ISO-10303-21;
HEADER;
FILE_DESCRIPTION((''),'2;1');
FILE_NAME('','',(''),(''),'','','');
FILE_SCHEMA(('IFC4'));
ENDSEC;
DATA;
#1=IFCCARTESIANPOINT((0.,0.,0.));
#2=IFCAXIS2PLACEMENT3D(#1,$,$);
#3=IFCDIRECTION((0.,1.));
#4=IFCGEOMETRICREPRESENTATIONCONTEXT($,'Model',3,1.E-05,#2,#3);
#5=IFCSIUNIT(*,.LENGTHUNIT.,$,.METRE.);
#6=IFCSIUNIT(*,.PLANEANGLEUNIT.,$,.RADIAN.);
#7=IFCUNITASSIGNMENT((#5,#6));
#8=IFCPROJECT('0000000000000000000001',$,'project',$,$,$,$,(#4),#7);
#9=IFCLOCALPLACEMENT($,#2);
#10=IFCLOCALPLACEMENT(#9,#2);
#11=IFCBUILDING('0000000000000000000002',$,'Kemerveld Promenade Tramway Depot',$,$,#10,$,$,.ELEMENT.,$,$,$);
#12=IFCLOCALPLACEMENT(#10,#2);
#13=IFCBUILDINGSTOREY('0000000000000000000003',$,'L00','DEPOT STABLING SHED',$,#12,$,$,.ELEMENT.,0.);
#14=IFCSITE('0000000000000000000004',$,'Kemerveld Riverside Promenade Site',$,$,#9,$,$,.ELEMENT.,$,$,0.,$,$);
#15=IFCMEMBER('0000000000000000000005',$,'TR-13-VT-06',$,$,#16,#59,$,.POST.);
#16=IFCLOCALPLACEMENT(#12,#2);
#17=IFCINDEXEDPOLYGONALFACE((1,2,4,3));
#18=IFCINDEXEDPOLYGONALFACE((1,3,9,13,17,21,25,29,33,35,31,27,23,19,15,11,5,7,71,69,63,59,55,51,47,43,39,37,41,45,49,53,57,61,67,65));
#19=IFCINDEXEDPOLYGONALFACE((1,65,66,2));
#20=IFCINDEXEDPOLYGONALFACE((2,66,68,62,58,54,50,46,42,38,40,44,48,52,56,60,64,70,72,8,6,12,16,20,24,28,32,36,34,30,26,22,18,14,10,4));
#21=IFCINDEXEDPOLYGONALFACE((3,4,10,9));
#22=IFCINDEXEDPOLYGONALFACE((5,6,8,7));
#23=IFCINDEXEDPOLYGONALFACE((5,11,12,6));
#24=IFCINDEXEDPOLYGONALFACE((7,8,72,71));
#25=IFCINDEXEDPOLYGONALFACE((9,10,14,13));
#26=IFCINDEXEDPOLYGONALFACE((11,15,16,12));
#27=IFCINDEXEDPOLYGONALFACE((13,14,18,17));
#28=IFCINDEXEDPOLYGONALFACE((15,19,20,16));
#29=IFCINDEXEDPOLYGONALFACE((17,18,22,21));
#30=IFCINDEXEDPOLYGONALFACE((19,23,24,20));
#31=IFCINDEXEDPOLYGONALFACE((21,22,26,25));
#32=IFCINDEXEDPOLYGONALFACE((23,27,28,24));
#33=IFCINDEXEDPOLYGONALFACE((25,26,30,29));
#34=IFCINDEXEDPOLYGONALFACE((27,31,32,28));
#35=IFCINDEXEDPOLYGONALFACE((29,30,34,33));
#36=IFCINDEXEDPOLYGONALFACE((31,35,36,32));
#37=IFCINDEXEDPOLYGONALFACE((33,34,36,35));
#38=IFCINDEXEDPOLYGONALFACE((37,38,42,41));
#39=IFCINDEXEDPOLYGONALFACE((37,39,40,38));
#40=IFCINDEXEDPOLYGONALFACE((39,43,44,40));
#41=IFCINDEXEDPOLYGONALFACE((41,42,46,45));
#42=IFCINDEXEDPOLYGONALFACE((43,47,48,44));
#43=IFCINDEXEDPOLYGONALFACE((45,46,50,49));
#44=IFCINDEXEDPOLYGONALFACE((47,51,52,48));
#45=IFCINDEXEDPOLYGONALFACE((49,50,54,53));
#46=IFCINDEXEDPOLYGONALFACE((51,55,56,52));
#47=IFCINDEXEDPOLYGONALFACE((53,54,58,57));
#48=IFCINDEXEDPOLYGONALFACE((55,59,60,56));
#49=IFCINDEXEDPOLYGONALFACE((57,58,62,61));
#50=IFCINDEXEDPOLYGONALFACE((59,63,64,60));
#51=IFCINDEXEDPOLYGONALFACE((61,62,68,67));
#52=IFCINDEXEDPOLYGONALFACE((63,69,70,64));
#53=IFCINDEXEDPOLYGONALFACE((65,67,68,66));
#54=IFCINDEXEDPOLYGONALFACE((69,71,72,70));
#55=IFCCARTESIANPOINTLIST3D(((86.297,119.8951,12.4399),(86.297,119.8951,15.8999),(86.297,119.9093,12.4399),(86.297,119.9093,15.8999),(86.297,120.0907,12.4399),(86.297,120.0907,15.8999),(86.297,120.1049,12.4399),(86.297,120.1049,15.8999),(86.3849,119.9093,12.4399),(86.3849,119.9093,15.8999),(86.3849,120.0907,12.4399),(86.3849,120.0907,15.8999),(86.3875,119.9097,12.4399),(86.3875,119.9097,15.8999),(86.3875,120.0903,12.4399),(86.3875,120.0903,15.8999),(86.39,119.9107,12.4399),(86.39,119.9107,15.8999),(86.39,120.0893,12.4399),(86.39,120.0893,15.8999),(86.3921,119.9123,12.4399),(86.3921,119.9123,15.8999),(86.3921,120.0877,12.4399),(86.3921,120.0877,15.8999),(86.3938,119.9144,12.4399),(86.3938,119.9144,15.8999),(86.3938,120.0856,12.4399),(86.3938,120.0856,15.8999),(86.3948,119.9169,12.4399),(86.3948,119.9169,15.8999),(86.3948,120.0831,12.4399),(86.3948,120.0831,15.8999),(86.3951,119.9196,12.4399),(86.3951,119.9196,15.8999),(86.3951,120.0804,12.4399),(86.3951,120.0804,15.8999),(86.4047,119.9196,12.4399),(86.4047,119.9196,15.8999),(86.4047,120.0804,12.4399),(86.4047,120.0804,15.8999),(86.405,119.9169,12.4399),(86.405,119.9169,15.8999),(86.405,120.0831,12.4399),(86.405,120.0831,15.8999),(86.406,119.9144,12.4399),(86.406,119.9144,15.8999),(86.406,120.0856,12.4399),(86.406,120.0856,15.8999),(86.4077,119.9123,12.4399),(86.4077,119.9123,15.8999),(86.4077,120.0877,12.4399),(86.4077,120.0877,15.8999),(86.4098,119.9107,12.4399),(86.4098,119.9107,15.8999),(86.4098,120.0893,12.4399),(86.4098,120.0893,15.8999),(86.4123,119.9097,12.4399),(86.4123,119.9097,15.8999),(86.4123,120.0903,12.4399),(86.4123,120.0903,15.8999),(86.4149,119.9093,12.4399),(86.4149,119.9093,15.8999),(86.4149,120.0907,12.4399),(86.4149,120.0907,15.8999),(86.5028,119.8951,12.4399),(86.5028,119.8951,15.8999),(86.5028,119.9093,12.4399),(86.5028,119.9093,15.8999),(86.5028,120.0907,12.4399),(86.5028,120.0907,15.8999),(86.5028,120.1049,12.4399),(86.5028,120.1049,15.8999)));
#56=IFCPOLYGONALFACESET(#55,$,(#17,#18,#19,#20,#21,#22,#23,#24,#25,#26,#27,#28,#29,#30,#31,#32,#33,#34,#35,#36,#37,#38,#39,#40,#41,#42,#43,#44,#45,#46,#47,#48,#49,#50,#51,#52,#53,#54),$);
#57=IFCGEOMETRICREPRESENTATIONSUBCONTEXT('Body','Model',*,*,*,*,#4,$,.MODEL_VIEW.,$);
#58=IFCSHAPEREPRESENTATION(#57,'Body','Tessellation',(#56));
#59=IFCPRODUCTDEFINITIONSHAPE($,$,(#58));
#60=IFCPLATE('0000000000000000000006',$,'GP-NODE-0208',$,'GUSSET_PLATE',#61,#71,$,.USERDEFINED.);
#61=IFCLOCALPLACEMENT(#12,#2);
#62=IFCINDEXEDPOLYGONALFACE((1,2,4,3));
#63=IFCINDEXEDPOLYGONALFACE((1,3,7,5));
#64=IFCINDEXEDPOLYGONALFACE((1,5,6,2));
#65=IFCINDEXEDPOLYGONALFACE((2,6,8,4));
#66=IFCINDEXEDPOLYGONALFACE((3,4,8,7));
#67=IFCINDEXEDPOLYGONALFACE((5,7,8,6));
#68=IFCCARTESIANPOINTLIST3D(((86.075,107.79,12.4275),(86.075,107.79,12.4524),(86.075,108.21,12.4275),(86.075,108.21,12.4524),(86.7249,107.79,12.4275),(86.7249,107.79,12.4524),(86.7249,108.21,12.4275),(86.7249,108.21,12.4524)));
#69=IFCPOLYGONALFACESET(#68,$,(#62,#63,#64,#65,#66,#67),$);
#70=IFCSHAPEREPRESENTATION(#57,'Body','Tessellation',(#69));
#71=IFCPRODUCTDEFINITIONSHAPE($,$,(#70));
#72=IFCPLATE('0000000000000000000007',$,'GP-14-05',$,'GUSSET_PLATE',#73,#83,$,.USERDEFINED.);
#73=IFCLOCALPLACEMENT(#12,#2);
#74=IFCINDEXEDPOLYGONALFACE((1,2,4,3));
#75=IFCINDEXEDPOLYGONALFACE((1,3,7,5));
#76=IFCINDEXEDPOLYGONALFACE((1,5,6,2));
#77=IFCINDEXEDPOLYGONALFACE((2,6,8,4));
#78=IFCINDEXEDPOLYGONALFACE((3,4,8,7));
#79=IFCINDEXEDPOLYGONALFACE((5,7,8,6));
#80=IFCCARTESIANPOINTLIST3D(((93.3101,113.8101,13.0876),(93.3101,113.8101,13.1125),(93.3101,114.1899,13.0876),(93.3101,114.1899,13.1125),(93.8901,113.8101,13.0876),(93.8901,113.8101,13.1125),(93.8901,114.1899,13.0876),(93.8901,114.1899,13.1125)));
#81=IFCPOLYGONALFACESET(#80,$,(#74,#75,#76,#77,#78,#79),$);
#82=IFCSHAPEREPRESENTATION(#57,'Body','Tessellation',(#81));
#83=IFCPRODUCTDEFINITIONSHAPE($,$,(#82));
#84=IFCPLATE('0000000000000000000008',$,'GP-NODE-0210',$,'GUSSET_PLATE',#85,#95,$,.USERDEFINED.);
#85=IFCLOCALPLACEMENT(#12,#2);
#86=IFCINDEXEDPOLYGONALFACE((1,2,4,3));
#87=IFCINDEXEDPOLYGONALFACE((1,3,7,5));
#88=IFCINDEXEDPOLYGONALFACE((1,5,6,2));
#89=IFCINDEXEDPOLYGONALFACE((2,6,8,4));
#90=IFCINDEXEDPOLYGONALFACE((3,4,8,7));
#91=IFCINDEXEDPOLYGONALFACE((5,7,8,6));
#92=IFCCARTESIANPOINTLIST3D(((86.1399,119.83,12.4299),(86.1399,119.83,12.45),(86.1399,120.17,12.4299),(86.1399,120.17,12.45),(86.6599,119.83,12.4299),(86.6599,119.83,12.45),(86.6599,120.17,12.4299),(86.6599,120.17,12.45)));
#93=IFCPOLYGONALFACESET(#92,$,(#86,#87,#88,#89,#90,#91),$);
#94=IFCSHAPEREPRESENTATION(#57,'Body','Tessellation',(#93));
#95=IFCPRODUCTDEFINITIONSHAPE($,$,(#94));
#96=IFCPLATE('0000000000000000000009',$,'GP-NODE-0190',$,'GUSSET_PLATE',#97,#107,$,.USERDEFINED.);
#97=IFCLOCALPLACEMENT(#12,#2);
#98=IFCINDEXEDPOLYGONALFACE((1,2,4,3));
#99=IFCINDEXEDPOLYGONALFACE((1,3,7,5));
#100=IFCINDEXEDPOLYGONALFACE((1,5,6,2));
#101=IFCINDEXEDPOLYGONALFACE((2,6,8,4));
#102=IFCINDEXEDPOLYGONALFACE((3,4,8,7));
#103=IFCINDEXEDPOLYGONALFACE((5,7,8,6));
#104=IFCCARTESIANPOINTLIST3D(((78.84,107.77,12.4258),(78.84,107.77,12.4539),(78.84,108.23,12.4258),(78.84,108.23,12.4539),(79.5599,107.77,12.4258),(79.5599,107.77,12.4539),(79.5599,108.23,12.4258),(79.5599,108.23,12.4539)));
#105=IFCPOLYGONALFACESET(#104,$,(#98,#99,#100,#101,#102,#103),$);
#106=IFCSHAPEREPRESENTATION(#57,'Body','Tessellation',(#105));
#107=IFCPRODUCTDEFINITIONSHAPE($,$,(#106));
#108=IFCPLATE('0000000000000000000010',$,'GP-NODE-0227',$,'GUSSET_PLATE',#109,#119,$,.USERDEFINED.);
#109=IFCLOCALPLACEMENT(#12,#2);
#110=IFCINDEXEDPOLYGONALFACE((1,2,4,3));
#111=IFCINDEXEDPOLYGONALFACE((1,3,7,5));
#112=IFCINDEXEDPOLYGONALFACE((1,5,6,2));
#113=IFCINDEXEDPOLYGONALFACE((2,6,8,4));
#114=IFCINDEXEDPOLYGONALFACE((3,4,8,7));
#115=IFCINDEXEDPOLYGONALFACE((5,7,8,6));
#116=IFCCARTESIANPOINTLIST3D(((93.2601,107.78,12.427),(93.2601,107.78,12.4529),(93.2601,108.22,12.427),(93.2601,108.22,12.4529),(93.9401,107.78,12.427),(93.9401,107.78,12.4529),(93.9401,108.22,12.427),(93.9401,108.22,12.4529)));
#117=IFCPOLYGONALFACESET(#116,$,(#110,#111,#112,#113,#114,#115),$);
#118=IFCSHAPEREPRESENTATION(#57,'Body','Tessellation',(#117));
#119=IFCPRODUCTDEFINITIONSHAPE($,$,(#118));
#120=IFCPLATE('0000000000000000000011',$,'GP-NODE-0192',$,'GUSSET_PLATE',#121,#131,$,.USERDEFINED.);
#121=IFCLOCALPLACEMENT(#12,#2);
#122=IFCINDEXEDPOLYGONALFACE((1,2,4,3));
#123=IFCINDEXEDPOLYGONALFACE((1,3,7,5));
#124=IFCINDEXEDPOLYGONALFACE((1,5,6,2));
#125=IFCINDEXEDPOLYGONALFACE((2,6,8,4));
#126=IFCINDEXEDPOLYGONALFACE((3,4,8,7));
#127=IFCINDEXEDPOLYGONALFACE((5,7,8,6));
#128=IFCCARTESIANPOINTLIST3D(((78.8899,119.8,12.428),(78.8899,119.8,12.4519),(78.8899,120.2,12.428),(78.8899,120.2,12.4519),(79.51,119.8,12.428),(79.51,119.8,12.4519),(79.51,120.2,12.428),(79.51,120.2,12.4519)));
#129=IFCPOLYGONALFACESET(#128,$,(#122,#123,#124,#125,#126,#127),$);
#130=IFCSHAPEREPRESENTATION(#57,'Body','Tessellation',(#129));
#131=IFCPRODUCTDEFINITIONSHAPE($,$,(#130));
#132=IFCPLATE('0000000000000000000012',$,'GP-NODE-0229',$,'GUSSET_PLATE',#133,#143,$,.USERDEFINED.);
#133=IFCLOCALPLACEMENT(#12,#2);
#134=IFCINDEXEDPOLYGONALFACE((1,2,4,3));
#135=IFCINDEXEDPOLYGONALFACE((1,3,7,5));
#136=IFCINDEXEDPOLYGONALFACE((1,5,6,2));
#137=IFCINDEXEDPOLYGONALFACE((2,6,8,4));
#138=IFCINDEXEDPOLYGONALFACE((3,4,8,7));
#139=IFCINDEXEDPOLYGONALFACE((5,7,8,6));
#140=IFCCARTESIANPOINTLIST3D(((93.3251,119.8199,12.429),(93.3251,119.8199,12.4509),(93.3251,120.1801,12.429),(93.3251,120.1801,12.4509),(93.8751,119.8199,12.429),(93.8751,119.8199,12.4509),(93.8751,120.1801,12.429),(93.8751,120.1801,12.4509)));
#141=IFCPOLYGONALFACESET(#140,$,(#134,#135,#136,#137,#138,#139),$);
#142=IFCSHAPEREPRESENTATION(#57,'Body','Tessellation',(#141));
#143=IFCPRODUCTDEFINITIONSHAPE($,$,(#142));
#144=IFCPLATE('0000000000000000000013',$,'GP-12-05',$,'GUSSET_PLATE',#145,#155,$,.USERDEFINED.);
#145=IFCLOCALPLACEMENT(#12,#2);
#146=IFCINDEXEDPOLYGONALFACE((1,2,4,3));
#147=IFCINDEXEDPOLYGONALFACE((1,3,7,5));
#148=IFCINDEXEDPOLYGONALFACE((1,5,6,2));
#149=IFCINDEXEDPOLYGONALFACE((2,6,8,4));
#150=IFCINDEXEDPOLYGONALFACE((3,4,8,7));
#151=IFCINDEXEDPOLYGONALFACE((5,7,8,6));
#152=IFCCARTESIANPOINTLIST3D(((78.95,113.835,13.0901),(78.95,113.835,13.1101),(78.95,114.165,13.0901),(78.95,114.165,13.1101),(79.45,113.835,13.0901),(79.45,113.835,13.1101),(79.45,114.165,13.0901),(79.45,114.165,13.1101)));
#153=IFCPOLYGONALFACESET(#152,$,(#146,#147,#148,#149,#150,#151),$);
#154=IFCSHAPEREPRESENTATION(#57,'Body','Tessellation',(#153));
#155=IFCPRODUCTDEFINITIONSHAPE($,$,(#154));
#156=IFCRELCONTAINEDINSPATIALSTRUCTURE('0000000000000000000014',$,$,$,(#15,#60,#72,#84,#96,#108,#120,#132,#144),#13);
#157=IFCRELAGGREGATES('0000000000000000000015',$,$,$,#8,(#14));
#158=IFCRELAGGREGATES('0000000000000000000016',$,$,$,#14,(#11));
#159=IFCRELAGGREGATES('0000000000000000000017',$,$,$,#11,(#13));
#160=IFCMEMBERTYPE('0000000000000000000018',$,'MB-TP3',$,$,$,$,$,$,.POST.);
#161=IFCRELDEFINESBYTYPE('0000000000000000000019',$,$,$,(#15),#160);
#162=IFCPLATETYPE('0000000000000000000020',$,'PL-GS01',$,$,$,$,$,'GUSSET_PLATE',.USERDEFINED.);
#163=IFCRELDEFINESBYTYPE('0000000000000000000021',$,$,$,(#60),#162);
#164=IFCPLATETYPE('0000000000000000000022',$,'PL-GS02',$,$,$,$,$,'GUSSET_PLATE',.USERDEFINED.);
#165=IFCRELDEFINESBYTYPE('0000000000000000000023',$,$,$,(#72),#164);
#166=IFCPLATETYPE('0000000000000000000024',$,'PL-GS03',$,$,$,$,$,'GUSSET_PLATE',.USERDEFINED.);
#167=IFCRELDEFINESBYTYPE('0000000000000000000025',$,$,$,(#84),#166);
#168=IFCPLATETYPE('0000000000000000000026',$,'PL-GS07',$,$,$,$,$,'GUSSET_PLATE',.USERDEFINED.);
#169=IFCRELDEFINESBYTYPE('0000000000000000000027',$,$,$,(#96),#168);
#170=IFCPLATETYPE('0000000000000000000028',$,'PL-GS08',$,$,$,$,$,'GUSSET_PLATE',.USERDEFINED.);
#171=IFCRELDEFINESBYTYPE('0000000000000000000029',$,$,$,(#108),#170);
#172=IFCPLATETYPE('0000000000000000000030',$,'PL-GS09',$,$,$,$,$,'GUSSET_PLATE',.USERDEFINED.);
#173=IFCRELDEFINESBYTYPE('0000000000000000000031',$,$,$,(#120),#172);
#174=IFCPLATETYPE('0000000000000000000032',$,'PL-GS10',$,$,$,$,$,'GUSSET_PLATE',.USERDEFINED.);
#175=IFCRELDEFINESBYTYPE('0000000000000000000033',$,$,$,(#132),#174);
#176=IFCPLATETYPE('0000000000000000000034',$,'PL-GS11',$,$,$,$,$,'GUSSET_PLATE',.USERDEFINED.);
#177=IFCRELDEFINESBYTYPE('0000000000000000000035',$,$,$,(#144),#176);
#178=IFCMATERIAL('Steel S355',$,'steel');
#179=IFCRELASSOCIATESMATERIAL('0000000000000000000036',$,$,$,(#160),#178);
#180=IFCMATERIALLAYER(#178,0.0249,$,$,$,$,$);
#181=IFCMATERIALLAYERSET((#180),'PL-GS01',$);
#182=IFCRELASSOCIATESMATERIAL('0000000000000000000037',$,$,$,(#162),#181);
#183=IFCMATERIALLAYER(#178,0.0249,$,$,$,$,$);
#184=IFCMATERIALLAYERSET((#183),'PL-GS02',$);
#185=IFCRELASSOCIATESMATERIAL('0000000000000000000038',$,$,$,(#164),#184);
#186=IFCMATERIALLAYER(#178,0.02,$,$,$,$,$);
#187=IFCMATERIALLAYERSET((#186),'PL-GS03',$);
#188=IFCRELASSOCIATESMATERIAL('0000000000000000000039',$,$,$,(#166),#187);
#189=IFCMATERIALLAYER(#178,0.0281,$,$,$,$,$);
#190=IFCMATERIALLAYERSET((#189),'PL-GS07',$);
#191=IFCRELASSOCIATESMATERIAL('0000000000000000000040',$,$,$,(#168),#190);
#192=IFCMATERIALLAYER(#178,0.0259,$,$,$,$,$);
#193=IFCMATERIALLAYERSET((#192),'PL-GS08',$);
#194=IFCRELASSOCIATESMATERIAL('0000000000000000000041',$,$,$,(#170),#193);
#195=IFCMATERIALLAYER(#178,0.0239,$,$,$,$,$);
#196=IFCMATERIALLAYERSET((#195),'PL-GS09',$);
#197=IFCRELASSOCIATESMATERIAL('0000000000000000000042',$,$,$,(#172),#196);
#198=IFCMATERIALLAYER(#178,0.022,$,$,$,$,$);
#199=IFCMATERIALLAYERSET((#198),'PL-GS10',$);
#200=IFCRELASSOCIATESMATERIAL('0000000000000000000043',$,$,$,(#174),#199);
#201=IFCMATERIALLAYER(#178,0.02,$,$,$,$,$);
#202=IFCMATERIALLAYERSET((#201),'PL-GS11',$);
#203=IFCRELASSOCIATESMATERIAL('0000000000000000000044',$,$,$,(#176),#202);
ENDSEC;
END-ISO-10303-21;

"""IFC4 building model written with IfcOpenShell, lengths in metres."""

from ifc_helpers import new_model, si_unit, direction, frame, origin, origin_2d, place, context, subcontext, project, spatial, rectangle, i_section, extrude, material, layer, layer_set, material_profile, profile_set, type_object, element, save


model = new_model("IFC4")

# Units and contexts
model_context = context("Model", 3, precision=1e-05, world=origin(), true_north=direction((0.0, 1.0)))
body_context = subcontext(model_context, "Body", "Model", "MODEL_VIEW")
ifc_project = project(units=[si_unit("LENGTHUNIT", "METRE"), si_unit("PLANEANGLEUNIT", "RADIAN")], contexts=[model_context])

# Site, building, storey
site_placement = place(None, origin())
site = spatial("IfcSite", under=ifc_project, at=site_placement, Name="Kemerveld Riverside Promenade Site", CompositionType="ELEMENT", RefElevation=0.0)
building_placement = place(site_placement, origin())
building = spatial("IfcBuilding", under=site, at=building_placement, Name="Kemerveld Promenade Tramway Depot", CompositionType="ELEMENT")
storey_placement = place(building_placement, origin())
storey = spatial("IfcBuildingStorey", under=building, at=storey_placement, Name="L00", Description="DEPOT STABLING SHED", CompositionType="ELEMENT", Elevation=0.0)

# Member
ifc_material_1 = material(Name="Steel S355", Category="steel")
ifc_material_profile_1 = material_profile(ifc_material_1, i_section(OverallWidth=0.2058, OverallDepth=0.2097, WebThickness=0.0095, FlangeThickness=0.0142, FilletRadius=0.0103, at=origin_2d()), Name="203x203x60 UC")
ifc_profile_set_1 = profile_set([ifc_material_profile_1], Name="Steel S355")
member_type_1 = type_object("IfcMemberType", Name="MB-TP3", PredefinedType="POST", material=ifc_profile_set_1)
for number, where, z_axis, x_axis, name in (
    (1, (86.3999, 120.0, 12.4399), (0.0, 0.0, 1.0), (1.0, 0.0, 0.0), "TR-13-VT-06"),
):
    element("IfcMember", number, at=place(storey_placement, frame(where, z_axis=z_axis, x_axis=x_axis)), inside=storey, type_object=member_type_1, Name=name, PredefinedType="POST", context=body_context, shape_type="SweptSolid", body=[
        extrude(i_section(OverallWidth=0.2058, OverallDepth=0.2097, WebThickness=0.0095, FlangeThickness=0.0142, FilletRadius=0.0103, at=origin_2d()), origin(), (0.0, 0.0, 1.0), 3.46),
    ])

# Plates
ifc_layer_1 = layer(ifc_material_1, 0.0249)
ifc_layer_set_1 = layer_set([ifc_layer_1], Name="PL-GS01")
plate_type_1 = type_object("IfcPlateType", Name="PL-GS01", ElementType="GUSSET_PLATE", PredefinedType="USERDEFINED", material=ifc_layer_set_1)
plate_1_placement = place(storey_placement, frame((86.3999, 108.0, 12.4275), z_axis=(0.0, 0.0, 1.0), x_axis=(1.0, 0.0, 0.0)))
element("IfcPlate", 2, at=plate_1_placement, inside=storey, type_object=plate_type_1, Name="GP-NODE-0208", ObjectType="GUSSET_PLATE", PredefinedType="USERDEFINED", context=body_context, shape_type="SweptSolid", body=[
    extrude(rectangle(XDim=0.6499, YDim=0.4199, at=origin_2d()), origin(), (0.0, 0.0, 1.0), 0.0249),
])
ifc_layer_2 = layer(ifc_material_1, 0.0249)
ifc_layer_set_2 = layer_set([ifc_layer_2], Name="PL-GS02")
plate_type_2 = type_object("IfcPlateType", Name="PL-GS02", ElementType="GUSSET_PLATE", PredefinedType="USERDEFINED", material=ifc_layer_set_2)
plate_2_placement = place(storey_placement, frame((93.6001, 114.0, 13.0876), z_axis=(0.0, 0.0, 1.0), x_axis=(1.0, 0.0, 0.0)))
element("IfcPlate", 3, at=plate_2_placement, inside=storey, type_object=plate_type_2, Name="GP-14-05", ObjectType="GUSSET_PLATE", PredefinedType="USERDEFINED", context=body_context, shape_type="SweptSolid", body=[
    extrude(rectangle(XDim=0.5801, YDim=0.3799, at=origin_2d()), origin(), (0.0, 0.0, 1.0), 0.0249),
])
ifc_layer_3 = layer(ifc_material_1, 0.02)
ifc_layer_set_3 = layer_set([ifc_layer_3], Name="PL-GS03")
plate_type_3 = type_object("IfcPlateType", Name="PL-GS03", ElementType="GUSSET_PLATE", PredefinedType="USERDEFINED", material=ifc_layer_set_3)
plate_3_placement = place(storey_placement, frame((86.3999, 120.0, 12.4299), z_axis=(0.0, 0.0, 1.0), x_axis=(1.0, 0.0, 0.0)))
element("IfcPlate", 4, at=plate_3_placement, inside=storey, type_object=plate_type_3, Name="GP-NODE-0210", ObjectType="GUSSET_PLATE", PredefinedType="USERDEFINED", context=body_context, shape_type="SweptSolid", body=[
    extrude(rectangle(XDim=0.52, YDim=0.3401, at=origin_2d()), origin(), (0.0, 0.0, 1.0), 0.02),
])
ifc_layer_4 = layer(ifc_material_1, 0.0281)
ifc_layer_set_4 = layer_set([ifc_layer_4], Name="PL-GS07")
plate_type_4 = type_object("IfcPlateType", Name="PL-GS07", ElementType="GUSSET_PLATE", PredefinedType="USERDEFINED", material=ifc_layer_set_4)
plate_4_placement = place(storey_placement, frame((79.2, 108.0, 12.4258), z_axis=(0.0, 0.0, 1.0), x_axis=(1.0, 0.0, 0.0)))
element("IfcPlate", 5, at=plate_4_placement, inside=storey, type_object=plate_type_4, Name="GP-NODE-0190", ObjectType="GUSSET_PLATE", PredefinedType="USERDEFINED", context=body_context, shape_type="SweptSolid", body=[
    extrude(rectangle(XDim=0.72, YDim=0.46, at=origin_2d()), origin(), (0.0, 0.0, 1.0), 0.0281),
])
ifc_layer_5 = layer(ifc_material_1, 0.0259)
ifc_layer_set_5 = layer_set([ifc_layer_5], Name="PL-GS08")
plate_type_5 = type_object("IfcPlateType", Name="PL-GS08", ElementType="GUSSET_PLATE", PredefinedType="USERDEFINED", material=ifc_layer_set_5)
plate_5_placement = place(storey_placement, frame((93.6001, 108.0, 12.427), z_axis=(0.0, 0.0, 1.0), x_axis=(1.0, 0.0, 0.0)))
element("IfcPlate", 6, at=plate_5_placement, inside=storey, type_object=plate_type_5, Name="GP-NODE-0227", ObjectType="GUSSET_PLATE", PredefinedType="USERDEFINED", context=body_context, shape_type="SweptSolid", body=[
    extrude(rectangle(XDim=0.6799, YDim=0.4399, at=origin_2d()), origin(), (0.0, 0.0, 1.0), 0.0259),
])
ifc_layer_6 = layer(ifc_material_1, 0.0239)
ifc_layer_set_6 = layer_set([ifc_layer_6], Name="PL-GS09")
plate_type_6 = type_object("IfcPlateType", Name="PL-GS09", ElementType="GUSSET_PLATE", PredefinedType="USERDEFINED", material=ifc_layer_set_6)
plate_6_placement = place(storey_placement, frame((79.2, 120.0, 12.428), z_axis=(0.0, 0.0, 1.0), x_axis=(1.0, 0.0, 0.0)))
element("IfcPlate", 7, at=plate_6_placement, inside=storey, type_object=plate_type_6, Name="GP-NODE-0192", ObjectType="GUSSET_PLATE", PredefinedType="USERDEFINED", context=body_context, shape_type="SweptSolid", body=[
    extrude(rectangle(XDim=0.6201, YDim=0.3999, at=origin_2d()), origin(), (0.0, 0.0, 1.0), 0.0239),
])
ifc_layer_7 = layer(ifc_material_1, 0.022)
ifc_layer_set_7 = layer_set([ifc_layer_7], Name="PL-GS10")
plate_type_7 = type_object("IfcPlateType", Name="PL-GS10", ElementType="GUSSET_PLATE", PredefinedType="USERDEFINED", material=ifc_layer_set_7)
plate_7_placement = place(storey_placement, frame((93.6001, 120.0, 12.429), z_axis=(0.0, 0.0, 1.0), x_axis=(1.0, 0.0, 0.0)))
element("IfcPlate", 8, at=plate_7_placement, inside=storey, type_object=plate_type_7, Name="GP-NODE-0229", ObjectType="GUSSET_PLATE", PredefinedType="USERDEFINED", context=body_context, shape_type="SweptSolid", body=[
    extrude(rectangle(XDim=0.55, YDim=0.3601, at=origin_2d()), origin(), (0.0, 0.0, 1.0), 0.022),
])
ifc_layer_8 = layer(ifc_material_1, 0.02)
ifc_layer_set_8 = layer_set([ifc_layer_8], Name="PL-GS11")
plate_type_8 = type_object("IfcPlateType", Name="PL-GS11", ElementType="GUSSET_PLATE", PredefinedType="USERDEFINED", material=ifc_layer_set_8)
plate_8_placement = place(storey_placement, frame((79.2, 114.0, 13.0901), z_axis=(0.0, 0.0, 1.0), x_axis=(1.0, 0.0, 0.0)))
element("IfcPlate", 9, at=plate_8_placement, inside=storey, type_object=plate_type_8, Name="GP-12-05", ObjectType="GUSSET_PLATE", PredefinedType="USERDEFINED", context=body_context, shape_type="SweptSolid", body=[
    extrude(rectangle(XDim=0.5, YDim=0.3301, at=origin_2d()), origin(), (0.0, 0.0, 1.0), 0.02),
])

save(model, "model.ifc")
